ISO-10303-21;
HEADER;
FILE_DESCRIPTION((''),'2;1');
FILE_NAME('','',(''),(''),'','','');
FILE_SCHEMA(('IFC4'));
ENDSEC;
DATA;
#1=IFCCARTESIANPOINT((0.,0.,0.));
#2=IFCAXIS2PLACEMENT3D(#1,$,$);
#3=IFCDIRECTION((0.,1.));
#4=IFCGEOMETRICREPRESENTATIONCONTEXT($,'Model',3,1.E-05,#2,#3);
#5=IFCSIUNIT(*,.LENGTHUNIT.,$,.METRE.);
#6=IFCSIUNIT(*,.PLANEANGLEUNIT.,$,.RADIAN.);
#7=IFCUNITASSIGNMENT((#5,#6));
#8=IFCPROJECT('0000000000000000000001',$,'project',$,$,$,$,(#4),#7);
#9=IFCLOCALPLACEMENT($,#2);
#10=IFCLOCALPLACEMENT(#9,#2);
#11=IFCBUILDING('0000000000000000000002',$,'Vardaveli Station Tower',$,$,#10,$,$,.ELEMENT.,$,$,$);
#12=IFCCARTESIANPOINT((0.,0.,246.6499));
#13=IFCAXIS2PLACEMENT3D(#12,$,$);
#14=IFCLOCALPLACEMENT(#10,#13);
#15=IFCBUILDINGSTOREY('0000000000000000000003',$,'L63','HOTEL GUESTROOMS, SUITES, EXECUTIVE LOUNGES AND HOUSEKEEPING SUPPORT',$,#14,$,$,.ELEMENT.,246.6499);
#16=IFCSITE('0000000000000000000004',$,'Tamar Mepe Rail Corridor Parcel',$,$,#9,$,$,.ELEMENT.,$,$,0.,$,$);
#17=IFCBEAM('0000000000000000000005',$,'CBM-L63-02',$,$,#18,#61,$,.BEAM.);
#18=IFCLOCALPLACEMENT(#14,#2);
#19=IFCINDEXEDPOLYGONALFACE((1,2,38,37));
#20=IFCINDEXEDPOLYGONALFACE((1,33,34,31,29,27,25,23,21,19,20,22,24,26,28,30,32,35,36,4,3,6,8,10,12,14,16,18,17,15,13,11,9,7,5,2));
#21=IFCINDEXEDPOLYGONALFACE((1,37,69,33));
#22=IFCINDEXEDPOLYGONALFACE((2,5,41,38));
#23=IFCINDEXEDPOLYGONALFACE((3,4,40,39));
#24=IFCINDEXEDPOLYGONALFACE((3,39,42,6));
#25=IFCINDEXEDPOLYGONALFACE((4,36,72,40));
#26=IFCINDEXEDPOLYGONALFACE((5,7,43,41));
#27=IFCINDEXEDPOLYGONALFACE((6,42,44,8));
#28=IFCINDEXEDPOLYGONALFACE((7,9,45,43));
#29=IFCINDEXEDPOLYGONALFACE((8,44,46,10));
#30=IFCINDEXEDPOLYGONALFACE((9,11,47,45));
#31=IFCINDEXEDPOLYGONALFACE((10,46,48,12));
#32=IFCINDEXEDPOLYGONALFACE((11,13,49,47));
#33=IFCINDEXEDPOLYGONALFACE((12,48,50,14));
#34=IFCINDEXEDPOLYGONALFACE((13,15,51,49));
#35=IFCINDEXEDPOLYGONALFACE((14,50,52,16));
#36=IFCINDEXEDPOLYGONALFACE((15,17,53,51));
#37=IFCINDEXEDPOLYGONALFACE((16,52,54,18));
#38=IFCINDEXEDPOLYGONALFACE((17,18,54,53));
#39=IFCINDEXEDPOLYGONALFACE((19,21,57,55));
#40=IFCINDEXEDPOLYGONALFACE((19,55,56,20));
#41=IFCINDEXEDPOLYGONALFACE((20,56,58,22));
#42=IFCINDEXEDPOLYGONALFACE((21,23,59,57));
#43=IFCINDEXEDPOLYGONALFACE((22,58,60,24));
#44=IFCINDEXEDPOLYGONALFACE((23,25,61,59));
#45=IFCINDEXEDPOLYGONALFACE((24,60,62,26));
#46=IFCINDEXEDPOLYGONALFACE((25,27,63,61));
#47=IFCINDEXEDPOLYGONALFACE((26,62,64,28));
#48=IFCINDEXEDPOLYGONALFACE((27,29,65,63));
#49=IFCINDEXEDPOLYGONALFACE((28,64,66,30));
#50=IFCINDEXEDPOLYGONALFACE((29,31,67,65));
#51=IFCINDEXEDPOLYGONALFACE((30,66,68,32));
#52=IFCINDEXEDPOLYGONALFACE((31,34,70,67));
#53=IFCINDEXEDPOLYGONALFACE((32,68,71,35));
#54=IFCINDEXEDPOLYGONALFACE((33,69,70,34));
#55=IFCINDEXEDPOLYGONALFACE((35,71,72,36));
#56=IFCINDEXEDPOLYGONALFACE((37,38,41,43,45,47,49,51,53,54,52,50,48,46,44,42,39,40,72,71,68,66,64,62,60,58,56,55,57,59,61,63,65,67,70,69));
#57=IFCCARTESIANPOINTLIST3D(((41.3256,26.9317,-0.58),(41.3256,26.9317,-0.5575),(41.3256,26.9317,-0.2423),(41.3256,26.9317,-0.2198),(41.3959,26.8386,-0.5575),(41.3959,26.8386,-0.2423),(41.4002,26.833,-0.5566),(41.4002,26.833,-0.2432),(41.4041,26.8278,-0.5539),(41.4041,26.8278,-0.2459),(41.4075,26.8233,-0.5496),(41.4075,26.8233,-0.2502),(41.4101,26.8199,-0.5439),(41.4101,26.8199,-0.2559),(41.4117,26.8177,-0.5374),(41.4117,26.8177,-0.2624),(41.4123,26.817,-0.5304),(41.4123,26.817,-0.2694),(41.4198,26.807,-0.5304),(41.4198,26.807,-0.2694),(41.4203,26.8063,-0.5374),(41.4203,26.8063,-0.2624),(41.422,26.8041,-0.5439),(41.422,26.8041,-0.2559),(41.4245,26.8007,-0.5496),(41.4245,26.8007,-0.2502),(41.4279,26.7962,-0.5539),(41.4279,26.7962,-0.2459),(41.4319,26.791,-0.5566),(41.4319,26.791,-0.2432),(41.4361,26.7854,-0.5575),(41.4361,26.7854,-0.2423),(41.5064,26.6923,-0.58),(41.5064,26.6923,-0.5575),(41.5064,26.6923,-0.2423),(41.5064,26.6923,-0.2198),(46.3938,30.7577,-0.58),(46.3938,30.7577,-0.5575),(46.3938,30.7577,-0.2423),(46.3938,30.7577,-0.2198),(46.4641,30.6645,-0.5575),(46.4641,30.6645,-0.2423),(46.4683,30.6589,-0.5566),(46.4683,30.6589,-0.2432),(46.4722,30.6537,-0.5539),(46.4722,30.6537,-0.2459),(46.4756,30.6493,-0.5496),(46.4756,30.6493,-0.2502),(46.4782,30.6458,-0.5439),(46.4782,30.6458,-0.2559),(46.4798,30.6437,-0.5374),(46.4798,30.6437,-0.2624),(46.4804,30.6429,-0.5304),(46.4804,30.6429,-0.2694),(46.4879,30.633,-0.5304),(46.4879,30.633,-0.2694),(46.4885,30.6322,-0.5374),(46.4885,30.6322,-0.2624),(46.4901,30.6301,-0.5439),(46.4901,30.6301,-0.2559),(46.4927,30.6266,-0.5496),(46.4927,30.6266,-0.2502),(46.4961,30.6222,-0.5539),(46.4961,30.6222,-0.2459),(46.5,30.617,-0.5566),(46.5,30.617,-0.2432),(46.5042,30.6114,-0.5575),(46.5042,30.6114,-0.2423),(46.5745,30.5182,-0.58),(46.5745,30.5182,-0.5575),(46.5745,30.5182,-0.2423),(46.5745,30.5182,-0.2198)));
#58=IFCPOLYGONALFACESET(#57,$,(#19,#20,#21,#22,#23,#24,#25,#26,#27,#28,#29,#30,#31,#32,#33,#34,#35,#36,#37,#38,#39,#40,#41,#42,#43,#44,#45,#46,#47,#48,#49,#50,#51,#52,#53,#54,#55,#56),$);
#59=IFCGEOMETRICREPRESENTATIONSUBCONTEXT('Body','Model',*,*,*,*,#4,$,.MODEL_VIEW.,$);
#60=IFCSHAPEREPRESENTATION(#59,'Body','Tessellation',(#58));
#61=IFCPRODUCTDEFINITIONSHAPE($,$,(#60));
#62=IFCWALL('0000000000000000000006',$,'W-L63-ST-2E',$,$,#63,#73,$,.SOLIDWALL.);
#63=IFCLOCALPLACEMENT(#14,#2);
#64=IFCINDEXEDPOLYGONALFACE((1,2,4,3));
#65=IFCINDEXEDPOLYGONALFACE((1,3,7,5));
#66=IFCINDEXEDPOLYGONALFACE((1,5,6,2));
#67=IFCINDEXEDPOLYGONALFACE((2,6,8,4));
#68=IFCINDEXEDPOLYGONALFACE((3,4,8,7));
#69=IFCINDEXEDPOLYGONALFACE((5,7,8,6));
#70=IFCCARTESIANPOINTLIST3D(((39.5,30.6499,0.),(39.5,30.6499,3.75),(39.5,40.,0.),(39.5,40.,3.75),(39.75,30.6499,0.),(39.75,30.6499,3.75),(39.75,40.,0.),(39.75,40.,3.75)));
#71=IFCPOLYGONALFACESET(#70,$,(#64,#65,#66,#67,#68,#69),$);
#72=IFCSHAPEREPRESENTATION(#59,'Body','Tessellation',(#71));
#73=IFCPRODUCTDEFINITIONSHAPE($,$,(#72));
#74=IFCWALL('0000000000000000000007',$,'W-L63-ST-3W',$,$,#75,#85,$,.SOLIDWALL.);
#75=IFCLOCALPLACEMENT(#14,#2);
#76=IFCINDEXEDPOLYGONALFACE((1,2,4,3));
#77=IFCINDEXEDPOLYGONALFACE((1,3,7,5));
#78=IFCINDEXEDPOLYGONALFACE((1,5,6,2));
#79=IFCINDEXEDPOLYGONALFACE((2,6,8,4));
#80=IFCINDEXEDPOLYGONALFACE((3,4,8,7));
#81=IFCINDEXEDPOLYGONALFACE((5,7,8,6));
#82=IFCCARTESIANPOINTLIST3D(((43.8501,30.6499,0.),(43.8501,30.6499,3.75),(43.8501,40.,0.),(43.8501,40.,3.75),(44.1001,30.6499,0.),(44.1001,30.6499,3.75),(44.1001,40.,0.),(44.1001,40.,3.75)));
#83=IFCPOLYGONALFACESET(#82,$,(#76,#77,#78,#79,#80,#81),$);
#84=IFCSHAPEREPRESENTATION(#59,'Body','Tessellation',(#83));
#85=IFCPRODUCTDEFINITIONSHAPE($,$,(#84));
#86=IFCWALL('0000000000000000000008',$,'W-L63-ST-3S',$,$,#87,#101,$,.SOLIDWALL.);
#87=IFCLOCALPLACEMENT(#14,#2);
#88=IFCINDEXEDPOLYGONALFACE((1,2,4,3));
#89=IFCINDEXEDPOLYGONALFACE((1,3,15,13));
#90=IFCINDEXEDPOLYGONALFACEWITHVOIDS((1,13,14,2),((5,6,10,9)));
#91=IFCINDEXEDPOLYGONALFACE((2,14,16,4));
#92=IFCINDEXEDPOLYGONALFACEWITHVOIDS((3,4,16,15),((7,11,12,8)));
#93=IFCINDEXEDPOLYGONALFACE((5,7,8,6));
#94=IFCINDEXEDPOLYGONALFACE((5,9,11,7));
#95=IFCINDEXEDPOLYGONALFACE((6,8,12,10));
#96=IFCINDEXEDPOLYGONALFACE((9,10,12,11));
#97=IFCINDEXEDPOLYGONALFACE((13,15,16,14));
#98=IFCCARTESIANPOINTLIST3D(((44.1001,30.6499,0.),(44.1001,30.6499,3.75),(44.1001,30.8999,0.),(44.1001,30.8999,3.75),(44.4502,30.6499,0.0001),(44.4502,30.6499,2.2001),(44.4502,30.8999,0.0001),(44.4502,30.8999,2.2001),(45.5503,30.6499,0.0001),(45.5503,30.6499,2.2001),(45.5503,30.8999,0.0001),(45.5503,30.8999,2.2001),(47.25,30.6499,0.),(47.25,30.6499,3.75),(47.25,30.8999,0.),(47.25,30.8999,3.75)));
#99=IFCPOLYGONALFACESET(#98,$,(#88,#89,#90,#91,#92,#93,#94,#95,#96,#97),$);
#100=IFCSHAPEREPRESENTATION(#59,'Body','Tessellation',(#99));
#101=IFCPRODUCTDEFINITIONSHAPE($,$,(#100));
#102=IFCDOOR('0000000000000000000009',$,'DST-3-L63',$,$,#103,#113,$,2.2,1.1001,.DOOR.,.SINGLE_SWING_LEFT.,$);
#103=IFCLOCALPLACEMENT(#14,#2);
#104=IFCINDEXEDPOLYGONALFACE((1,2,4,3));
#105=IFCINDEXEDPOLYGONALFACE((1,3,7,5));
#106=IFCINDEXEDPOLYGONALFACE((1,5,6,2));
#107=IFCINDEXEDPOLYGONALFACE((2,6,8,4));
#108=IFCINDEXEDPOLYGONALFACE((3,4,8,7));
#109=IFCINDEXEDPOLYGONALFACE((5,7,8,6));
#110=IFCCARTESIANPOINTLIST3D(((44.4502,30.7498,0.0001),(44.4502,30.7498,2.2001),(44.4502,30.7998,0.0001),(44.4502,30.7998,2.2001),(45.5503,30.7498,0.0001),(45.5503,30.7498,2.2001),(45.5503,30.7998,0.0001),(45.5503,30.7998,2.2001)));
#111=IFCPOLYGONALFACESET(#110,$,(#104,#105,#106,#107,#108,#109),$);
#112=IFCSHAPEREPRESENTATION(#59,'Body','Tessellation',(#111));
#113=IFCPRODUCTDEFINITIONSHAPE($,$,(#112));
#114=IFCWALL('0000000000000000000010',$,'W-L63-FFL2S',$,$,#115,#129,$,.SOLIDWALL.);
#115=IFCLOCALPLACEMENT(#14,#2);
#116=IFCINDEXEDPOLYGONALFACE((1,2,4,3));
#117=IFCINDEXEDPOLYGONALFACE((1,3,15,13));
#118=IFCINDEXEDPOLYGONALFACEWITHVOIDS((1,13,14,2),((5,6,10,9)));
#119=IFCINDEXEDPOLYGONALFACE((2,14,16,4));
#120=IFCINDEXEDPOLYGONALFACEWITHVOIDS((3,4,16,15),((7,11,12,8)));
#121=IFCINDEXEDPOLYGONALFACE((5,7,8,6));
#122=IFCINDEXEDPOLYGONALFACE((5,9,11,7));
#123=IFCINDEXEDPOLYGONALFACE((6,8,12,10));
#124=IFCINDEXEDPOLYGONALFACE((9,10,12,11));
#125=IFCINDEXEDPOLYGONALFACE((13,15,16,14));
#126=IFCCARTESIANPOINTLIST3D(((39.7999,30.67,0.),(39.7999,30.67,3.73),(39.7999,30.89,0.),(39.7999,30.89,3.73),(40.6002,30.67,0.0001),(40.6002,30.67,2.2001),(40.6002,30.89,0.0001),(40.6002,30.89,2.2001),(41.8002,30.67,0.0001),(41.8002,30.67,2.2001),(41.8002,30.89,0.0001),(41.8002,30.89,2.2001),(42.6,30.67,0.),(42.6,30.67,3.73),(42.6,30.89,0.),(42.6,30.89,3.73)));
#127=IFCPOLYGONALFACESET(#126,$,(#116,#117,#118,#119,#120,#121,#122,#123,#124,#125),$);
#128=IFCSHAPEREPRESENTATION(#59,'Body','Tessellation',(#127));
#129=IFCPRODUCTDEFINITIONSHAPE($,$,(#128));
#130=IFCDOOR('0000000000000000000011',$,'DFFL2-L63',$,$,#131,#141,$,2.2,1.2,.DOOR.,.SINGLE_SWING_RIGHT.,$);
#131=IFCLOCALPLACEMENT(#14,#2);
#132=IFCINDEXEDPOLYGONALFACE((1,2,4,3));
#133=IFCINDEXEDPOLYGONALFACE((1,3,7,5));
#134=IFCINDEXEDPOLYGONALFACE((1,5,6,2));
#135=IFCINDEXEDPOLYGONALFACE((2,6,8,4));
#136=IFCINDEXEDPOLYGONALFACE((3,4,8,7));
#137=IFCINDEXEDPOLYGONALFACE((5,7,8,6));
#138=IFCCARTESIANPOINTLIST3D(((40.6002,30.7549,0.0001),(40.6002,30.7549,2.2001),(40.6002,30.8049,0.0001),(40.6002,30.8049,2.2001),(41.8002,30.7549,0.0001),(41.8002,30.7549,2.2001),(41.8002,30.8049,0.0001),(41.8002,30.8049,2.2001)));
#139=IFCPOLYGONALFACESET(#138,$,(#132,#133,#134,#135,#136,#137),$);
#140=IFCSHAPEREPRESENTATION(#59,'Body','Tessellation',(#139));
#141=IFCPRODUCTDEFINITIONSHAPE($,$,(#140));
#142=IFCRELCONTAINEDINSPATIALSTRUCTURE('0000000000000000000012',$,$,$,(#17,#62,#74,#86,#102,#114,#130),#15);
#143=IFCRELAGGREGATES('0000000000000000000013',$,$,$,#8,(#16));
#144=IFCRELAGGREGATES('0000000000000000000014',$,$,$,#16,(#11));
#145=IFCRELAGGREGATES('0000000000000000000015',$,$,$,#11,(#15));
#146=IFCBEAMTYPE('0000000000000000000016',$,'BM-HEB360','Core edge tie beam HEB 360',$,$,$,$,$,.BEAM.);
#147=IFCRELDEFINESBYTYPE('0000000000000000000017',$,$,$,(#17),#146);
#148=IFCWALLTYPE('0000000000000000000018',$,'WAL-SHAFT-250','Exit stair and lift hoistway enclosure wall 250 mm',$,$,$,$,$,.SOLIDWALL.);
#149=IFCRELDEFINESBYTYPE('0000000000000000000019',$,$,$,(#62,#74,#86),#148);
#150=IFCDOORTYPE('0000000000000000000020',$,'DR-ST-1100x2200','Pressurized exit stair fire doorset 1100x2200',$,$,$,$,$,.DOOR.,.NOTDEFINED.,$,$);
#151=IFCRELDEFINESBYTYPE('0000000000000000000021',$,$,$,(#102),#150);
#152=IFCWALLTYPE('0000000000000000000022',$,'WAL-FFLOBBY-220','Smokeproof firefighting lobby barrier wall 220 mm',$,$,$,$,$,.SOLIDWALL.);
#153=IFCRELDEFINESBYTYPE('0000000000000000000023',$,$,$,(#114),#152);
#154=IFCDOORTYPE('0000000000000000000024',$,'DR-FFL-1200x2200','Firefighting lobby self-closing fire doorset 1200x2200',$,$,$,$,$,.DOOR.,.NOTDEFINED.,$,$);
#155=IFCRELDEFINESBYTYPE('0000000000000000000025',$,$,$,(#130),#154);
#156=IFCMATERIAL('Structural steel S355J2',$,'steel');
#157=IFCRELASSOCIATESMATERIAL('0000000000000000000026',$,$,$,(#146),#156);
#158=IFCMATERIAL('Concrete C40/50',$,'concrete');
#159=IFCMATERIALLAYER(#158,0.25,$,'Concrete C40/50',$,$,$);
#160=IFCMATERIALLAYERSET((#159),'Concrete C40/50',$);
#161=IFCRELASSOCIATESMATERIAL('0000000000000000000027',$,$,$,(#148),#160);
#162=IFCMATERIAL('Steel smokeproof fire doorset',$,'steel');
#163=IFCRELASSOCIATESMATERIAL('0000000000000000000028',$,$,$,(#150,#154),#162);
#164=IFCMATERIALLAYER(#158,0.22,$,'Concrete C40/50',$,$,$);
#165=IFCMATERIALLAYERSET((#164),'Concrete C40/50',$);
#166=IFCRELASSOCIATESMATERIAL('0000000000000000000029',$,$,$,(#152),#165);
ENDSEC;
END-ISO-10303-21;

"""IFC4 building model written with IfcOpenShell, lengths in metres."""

from ifc_helpers import new_model, si_unit, direction, frame, frame_2d, origin, origin_2d, place, context, subcontext, project, spatial, rectangle, i_section, extrude, source, transform, mapped, material, layer, layer_set, material_profile, profile_set, type_object, element, fill, save


model = new_model("IFC4")

# Units and contexts
model_context = context("Model", 3, precision=1e-05, world=origin(), true_north=direction((0.0, 1.0)))
body_context = subcontext(model_context, "Body", "Model", "MODEL_VIEW")
ifc_project = project(units=[si_unit("LENGTHUNIT", "METRE"), si_unit("PLANEANGLEUNIT", "RADIAN")], contexts=[model_context])

# Site, building, storey
site_placement = place(None, origin())
site = spatial("IfcSite", under=ifc_project, at=site_placement, Name="Tamar Mepe Rail Corridor Parcel", CompositionType="ELEMENT", RefElevation=0.0)
building_placement = place(site_placement, origin())
building = spatial("IfcBuilding", under=site, at=building_placement, Name="Vardaveli Station Tower", CompositionType="ELEMENT")
storey_placement = place(building_placement, frame((0.0, 0.0, 246.6499)))
storey = spatial("IfcBuildingStorey", under=building, at=storey_placement, Name="L63", Description="HOTEL GUESTROOMS, SUITES, EXECUTIVE LOUNGES AND HOUSEKEEPING SUPPORT", CompositionType="ELEMENT", Elevation=246.6499)

# Beam
ifc_material_1 = material(Name="Structural steel S355J2", Category="steel")
ifc_material_profile = material_profile(ifc_material_1, i_section(OverallWidth=0.3, OverallDepth=0.3601, WebThickness=0.0125, FlangeThickness=0.0225, FilletRadius=0.0271, at=origin_2d()), Name="HEB 360")
ifc_profile_set = profile_set([ifc_material_profile], Name="Structural steel S355J2")
beam_type = type_object("IfcBeamType", Name="BM-HEB360", Description="Core edge tie beam HEB 360", PredefinedType="BEAM", material=ifc_profile_set)
shared_shape_1 = source(origin(), body_context, "Body", "SweptSolid", [
    extrude(i_section(OverallWidth=0.3, OverallDepth=0.3601, WebThickness=0.0125, FlangeThickness=0.0225, FilletRadius=0.0271, at=origin_2d()), origin(), (0.0, 0.0, 1.0), 6.3501),
])
beam_placement = place(storey_placement, frame((41.416, 26.812, -0.3999), z_axis=(0.798118, 0.602501, 0.0), x_axis=(-0.602501, 0.798118, 0.0)))
element("IfcBeam", 1, at=beam_placement, inside=storey, type_object=beam_type, Name="CBM-L63-02", PredefinedType="BEAM", context=body_context, shape_type="MappedRepresentation", body=[
    mapped(shared_shape_1, transform((0.0, 0.0, 0.0), scale=1.0)),
])

# Walls
ifc_material_2 = material(Name="Concrete C40/50", Category="concrete")
ifc_layer_1 = layer(ifc_material_2, 0.25, Name="Concrete C40/50")
ifc_layer_set_1 = layer_set([ifc_layer_1], Name="Concrete C40/50")
wall_type_1 = type_object("IfcWallType", Name="WAL-SHAFT-250", Description="Exit stair and lift hoistway enclosure wall 250 mm", PredefinedType="SOLIDWALL", material=ifc_layer_set_1)
shared_shape_2 = source(origin(), body_context, "Body", "SweptSolid", [
    extrude(rectangle(XDim=9.3501, YDim=0.25, at=frame_2d((4.675, 0.0))), origin(), (0.0, 0.0, 1.0), 3.75),
])
for number, where, z_axis, x_axis, name in (
    (2, (39.625, 30.6499, 0.0), (0.0, 0.0, 1.0), (0.0, 1.0, 0.0), "W-L63-ST-2E"),
    (3, (43.9751, 30.6499, 0.0), (0.0, 0.0, 1.0), (0.0, 1.0, 0.0), "W-L63-ST-3W"),
):
    element("IfcWall", number, at=place(storey_placement, frame(where, z_axis=z_axis, x_axis=x_axis)), inside=storey, type_object=wall_type_1, Name=name, PredefinedType="SOLIDWALL", context=body_context, shape_type="MappedRepresentation", body=[
        mapped(shared_shape_2, transform((0.0, 0.0, 0.0), scale=1.0)),
    ])

# Walls, openings, doors
shared_shape_3 = source(origin(), body_context, "Body", "SweptSolid", [
    extrude(rectangle(XDim=3.1499, YDim=0.25, at=frame_2d((1.575, 0.0))), origin(), (0.0, 0.0, 1.0), 3.75),
])
wall_1_placement = place(storey_placement, frame((44.1001, 30.7749, 0.0), z_axis=(0.0, 0.0, 1.0), x_axis=(1.0, 0.0, 0.0)))
wall_1 = element("IfcWall", 4, at=wall_1_placement, inside=storey, type_object=wall_type_1, Name="W-L63-ST-3S", PredefinedType="SOLIDWALL", context=body_context, shape_type="MappedRepresentation", body=[
    mapped(shared_shape_3, transform((0.0, 0.0, 0.0), scale=1.0)),
])
shared_shape_4 = source(origin(), body_context, "Body", "SweptSolid", [
    extrude(rectangle(XDim=1.1001, YDim=2.2, at=frame_2d((0.55, 1.1001))), frame((0.0, 0.135, 0.0), z_axis=(0.0, -1.0, 0.0), x_axis=(1.0, 0.0, 0.0)), (0.0, 0.0, 1.0), 0.27),
])
opening_1_placement = place(wall_1_placement, frame((0.3501, 0.0, 0.0)))
opening_1 = element("IfcOpeningElement", 5, at=opening_1_placement, cuts=wall_1, PredefinedType="OPENING", context=body_context, shape_type="MappedRepresentation", body=[
    mapped(shared_shape_4, transform((0.0, 0.0, 0.0), scale=1.0)),
])
ifc_material_3 = material(Name="Steel smokeproof fire doorset", Category="steel")
door_type_1 = type_object("IfcDoorType", Name="DR-ST-1100x2200", Description="Pressurized exit stair fire doorset 1100x2200", OperationType="NOTDEFINED", PredefinedType="DOOR", material=ifc_material_3)
shared_shape_5 = source(origin(), body_context, "Body", "SweptSolid", [
    extrude(rectangle(XDim=1.1001, YDim=2.2, at=frame_2d((0.55, 1.1001))), frame((0.0, 0.0249, 0.0), z_axis=(0.0, -1.0, 0.0), x_axis=(1.0, 0.0, 0.0)), (0.0, 0.0, 1.0), 0.05),
])
door_1_placement = place(opening_1_placement, origin())
door_1 = element("IfcDoor", 6, at=door_1_placement, inside=storey, type_object=door_type_1, Name="DST-3-L63", OperationType="SINGLE_SWING_LEFT", OverallHeight=2.2, OverallWidth=1.1001, PredefinedType="DOOR", context=body_context, shape_type="MappedRepresentation", body=[
    mapped(shared_shape_5, transform((0.0, 0.0, 0.0), scale=1.0)),
])
fill(opening_1, door_1)
ifc_layer_2 = layer(ifc_material_2, 0.22, Name="Concrete C40/50")
ifc_layer_set_2 = layer_set([ifc_layer_2], Name="Concrete C40/50")
wall_type_2 = type_object("IfcWallType", Name="WAL-FFLOBBY-220", Description="Smokeproof firefighting lobby barrier wall 220 mm", PredefinedType="SOLIDWALL", material=ifc_layer_set_2)
shared_shape_6 = source(origin(), body_context, "Body", "SweptSolid", [
    extrude(rectangle(XDim=2.8, YDim=0.22, at=frame_2d((1.3999, 0.0))), origin(), (0.0, 0.0, 1.0), 3.73),
])
wall_2_placement = place(storey_placement, frame((39.8, 30.78, 0.0), z_axis=(0.0, 0.0, 1.0), x_axis=(1.0, 0.0, 0.0)))
wall_2 = element("IfcWall", 7, at=wall_2_placement, inside=storey, type_object=wall_type_2, Name="W-L63-FFL2S", PredefinedType="SOLIDWALL", context=body_context, shape_type="MappedRepresentation", body=[
    mapped(shared_shape_6, transform((0.0, 0.0, 0.0), scale=1.0)),
])
shared_shape_7 = source(origin(), body_context, "Body", "SweptSolid", [
    extrude(rectangle(XDim=1.2, YDim=2.2, at=frame_2d((0.6001, 1.1001))), frame((0.0, 0.1201, 0.0), z_axis=(0.0, -1.0, 0.0), x_axis=(1.0, 0.0, 0.0)), (0.0, 0.0, 1.0), 0.24),
])
opening_2_placement = place(wall_2_placement, frame((0.8, 0.0, 0.0)))
opening_2 = element("IfcOpeningElement", 8, at=opening_2_placement, cuts=wall_2, PredefinedType="OPENING", context=body_context, shape_type="MappedRepresentation", body=[
    mapped(shared_shape_7, transform((0.0, 0.0, 0.0), scale=1.0)),
])
door_type_2 = type_object("IfcDoorType", Name="DR-FFL-1200x2200", Description="Firefighting lobby self-closing fire doorset 1200x2200", OperationType="NOTDEFINED", PredefinedType="DOOR", material=ifc_material_3)
shared_shape_8 = source(origin(), body_context, "Body", "SweptSolid", [
    extrude(rectangle(XDim=1.2, YDim=2.2, at=frame_2d((0.6001, 1.1001))), frame((0.0, 0.0249, 0.0), z_axis=(0.0, -1.0, 0.0), x_axis=(1.0, 0.0, 0.0)), (0.0, 0.0, 1.0), 0.05),
])
door_2_placement = place(opening_2_placement, origin())
door_2 = element("IfcDoor", 9, at=door_2_placement, inside=storey, type_object=door_type_2, Name="DFFL2-L63", OperationType="SINGLE_SWING_RIGHT", OverallHeight=2.2, OverallWidth=1.2, PredefinedType="DOOR", context=body_context, shape_type="MappedRepresentation", body=[
    mapped(shared_shape_8, transform((0.0, 0.0, 0.0), scale=1.0)),
])
fill(opening_2, door_2)

save(model, "model.ifc")
